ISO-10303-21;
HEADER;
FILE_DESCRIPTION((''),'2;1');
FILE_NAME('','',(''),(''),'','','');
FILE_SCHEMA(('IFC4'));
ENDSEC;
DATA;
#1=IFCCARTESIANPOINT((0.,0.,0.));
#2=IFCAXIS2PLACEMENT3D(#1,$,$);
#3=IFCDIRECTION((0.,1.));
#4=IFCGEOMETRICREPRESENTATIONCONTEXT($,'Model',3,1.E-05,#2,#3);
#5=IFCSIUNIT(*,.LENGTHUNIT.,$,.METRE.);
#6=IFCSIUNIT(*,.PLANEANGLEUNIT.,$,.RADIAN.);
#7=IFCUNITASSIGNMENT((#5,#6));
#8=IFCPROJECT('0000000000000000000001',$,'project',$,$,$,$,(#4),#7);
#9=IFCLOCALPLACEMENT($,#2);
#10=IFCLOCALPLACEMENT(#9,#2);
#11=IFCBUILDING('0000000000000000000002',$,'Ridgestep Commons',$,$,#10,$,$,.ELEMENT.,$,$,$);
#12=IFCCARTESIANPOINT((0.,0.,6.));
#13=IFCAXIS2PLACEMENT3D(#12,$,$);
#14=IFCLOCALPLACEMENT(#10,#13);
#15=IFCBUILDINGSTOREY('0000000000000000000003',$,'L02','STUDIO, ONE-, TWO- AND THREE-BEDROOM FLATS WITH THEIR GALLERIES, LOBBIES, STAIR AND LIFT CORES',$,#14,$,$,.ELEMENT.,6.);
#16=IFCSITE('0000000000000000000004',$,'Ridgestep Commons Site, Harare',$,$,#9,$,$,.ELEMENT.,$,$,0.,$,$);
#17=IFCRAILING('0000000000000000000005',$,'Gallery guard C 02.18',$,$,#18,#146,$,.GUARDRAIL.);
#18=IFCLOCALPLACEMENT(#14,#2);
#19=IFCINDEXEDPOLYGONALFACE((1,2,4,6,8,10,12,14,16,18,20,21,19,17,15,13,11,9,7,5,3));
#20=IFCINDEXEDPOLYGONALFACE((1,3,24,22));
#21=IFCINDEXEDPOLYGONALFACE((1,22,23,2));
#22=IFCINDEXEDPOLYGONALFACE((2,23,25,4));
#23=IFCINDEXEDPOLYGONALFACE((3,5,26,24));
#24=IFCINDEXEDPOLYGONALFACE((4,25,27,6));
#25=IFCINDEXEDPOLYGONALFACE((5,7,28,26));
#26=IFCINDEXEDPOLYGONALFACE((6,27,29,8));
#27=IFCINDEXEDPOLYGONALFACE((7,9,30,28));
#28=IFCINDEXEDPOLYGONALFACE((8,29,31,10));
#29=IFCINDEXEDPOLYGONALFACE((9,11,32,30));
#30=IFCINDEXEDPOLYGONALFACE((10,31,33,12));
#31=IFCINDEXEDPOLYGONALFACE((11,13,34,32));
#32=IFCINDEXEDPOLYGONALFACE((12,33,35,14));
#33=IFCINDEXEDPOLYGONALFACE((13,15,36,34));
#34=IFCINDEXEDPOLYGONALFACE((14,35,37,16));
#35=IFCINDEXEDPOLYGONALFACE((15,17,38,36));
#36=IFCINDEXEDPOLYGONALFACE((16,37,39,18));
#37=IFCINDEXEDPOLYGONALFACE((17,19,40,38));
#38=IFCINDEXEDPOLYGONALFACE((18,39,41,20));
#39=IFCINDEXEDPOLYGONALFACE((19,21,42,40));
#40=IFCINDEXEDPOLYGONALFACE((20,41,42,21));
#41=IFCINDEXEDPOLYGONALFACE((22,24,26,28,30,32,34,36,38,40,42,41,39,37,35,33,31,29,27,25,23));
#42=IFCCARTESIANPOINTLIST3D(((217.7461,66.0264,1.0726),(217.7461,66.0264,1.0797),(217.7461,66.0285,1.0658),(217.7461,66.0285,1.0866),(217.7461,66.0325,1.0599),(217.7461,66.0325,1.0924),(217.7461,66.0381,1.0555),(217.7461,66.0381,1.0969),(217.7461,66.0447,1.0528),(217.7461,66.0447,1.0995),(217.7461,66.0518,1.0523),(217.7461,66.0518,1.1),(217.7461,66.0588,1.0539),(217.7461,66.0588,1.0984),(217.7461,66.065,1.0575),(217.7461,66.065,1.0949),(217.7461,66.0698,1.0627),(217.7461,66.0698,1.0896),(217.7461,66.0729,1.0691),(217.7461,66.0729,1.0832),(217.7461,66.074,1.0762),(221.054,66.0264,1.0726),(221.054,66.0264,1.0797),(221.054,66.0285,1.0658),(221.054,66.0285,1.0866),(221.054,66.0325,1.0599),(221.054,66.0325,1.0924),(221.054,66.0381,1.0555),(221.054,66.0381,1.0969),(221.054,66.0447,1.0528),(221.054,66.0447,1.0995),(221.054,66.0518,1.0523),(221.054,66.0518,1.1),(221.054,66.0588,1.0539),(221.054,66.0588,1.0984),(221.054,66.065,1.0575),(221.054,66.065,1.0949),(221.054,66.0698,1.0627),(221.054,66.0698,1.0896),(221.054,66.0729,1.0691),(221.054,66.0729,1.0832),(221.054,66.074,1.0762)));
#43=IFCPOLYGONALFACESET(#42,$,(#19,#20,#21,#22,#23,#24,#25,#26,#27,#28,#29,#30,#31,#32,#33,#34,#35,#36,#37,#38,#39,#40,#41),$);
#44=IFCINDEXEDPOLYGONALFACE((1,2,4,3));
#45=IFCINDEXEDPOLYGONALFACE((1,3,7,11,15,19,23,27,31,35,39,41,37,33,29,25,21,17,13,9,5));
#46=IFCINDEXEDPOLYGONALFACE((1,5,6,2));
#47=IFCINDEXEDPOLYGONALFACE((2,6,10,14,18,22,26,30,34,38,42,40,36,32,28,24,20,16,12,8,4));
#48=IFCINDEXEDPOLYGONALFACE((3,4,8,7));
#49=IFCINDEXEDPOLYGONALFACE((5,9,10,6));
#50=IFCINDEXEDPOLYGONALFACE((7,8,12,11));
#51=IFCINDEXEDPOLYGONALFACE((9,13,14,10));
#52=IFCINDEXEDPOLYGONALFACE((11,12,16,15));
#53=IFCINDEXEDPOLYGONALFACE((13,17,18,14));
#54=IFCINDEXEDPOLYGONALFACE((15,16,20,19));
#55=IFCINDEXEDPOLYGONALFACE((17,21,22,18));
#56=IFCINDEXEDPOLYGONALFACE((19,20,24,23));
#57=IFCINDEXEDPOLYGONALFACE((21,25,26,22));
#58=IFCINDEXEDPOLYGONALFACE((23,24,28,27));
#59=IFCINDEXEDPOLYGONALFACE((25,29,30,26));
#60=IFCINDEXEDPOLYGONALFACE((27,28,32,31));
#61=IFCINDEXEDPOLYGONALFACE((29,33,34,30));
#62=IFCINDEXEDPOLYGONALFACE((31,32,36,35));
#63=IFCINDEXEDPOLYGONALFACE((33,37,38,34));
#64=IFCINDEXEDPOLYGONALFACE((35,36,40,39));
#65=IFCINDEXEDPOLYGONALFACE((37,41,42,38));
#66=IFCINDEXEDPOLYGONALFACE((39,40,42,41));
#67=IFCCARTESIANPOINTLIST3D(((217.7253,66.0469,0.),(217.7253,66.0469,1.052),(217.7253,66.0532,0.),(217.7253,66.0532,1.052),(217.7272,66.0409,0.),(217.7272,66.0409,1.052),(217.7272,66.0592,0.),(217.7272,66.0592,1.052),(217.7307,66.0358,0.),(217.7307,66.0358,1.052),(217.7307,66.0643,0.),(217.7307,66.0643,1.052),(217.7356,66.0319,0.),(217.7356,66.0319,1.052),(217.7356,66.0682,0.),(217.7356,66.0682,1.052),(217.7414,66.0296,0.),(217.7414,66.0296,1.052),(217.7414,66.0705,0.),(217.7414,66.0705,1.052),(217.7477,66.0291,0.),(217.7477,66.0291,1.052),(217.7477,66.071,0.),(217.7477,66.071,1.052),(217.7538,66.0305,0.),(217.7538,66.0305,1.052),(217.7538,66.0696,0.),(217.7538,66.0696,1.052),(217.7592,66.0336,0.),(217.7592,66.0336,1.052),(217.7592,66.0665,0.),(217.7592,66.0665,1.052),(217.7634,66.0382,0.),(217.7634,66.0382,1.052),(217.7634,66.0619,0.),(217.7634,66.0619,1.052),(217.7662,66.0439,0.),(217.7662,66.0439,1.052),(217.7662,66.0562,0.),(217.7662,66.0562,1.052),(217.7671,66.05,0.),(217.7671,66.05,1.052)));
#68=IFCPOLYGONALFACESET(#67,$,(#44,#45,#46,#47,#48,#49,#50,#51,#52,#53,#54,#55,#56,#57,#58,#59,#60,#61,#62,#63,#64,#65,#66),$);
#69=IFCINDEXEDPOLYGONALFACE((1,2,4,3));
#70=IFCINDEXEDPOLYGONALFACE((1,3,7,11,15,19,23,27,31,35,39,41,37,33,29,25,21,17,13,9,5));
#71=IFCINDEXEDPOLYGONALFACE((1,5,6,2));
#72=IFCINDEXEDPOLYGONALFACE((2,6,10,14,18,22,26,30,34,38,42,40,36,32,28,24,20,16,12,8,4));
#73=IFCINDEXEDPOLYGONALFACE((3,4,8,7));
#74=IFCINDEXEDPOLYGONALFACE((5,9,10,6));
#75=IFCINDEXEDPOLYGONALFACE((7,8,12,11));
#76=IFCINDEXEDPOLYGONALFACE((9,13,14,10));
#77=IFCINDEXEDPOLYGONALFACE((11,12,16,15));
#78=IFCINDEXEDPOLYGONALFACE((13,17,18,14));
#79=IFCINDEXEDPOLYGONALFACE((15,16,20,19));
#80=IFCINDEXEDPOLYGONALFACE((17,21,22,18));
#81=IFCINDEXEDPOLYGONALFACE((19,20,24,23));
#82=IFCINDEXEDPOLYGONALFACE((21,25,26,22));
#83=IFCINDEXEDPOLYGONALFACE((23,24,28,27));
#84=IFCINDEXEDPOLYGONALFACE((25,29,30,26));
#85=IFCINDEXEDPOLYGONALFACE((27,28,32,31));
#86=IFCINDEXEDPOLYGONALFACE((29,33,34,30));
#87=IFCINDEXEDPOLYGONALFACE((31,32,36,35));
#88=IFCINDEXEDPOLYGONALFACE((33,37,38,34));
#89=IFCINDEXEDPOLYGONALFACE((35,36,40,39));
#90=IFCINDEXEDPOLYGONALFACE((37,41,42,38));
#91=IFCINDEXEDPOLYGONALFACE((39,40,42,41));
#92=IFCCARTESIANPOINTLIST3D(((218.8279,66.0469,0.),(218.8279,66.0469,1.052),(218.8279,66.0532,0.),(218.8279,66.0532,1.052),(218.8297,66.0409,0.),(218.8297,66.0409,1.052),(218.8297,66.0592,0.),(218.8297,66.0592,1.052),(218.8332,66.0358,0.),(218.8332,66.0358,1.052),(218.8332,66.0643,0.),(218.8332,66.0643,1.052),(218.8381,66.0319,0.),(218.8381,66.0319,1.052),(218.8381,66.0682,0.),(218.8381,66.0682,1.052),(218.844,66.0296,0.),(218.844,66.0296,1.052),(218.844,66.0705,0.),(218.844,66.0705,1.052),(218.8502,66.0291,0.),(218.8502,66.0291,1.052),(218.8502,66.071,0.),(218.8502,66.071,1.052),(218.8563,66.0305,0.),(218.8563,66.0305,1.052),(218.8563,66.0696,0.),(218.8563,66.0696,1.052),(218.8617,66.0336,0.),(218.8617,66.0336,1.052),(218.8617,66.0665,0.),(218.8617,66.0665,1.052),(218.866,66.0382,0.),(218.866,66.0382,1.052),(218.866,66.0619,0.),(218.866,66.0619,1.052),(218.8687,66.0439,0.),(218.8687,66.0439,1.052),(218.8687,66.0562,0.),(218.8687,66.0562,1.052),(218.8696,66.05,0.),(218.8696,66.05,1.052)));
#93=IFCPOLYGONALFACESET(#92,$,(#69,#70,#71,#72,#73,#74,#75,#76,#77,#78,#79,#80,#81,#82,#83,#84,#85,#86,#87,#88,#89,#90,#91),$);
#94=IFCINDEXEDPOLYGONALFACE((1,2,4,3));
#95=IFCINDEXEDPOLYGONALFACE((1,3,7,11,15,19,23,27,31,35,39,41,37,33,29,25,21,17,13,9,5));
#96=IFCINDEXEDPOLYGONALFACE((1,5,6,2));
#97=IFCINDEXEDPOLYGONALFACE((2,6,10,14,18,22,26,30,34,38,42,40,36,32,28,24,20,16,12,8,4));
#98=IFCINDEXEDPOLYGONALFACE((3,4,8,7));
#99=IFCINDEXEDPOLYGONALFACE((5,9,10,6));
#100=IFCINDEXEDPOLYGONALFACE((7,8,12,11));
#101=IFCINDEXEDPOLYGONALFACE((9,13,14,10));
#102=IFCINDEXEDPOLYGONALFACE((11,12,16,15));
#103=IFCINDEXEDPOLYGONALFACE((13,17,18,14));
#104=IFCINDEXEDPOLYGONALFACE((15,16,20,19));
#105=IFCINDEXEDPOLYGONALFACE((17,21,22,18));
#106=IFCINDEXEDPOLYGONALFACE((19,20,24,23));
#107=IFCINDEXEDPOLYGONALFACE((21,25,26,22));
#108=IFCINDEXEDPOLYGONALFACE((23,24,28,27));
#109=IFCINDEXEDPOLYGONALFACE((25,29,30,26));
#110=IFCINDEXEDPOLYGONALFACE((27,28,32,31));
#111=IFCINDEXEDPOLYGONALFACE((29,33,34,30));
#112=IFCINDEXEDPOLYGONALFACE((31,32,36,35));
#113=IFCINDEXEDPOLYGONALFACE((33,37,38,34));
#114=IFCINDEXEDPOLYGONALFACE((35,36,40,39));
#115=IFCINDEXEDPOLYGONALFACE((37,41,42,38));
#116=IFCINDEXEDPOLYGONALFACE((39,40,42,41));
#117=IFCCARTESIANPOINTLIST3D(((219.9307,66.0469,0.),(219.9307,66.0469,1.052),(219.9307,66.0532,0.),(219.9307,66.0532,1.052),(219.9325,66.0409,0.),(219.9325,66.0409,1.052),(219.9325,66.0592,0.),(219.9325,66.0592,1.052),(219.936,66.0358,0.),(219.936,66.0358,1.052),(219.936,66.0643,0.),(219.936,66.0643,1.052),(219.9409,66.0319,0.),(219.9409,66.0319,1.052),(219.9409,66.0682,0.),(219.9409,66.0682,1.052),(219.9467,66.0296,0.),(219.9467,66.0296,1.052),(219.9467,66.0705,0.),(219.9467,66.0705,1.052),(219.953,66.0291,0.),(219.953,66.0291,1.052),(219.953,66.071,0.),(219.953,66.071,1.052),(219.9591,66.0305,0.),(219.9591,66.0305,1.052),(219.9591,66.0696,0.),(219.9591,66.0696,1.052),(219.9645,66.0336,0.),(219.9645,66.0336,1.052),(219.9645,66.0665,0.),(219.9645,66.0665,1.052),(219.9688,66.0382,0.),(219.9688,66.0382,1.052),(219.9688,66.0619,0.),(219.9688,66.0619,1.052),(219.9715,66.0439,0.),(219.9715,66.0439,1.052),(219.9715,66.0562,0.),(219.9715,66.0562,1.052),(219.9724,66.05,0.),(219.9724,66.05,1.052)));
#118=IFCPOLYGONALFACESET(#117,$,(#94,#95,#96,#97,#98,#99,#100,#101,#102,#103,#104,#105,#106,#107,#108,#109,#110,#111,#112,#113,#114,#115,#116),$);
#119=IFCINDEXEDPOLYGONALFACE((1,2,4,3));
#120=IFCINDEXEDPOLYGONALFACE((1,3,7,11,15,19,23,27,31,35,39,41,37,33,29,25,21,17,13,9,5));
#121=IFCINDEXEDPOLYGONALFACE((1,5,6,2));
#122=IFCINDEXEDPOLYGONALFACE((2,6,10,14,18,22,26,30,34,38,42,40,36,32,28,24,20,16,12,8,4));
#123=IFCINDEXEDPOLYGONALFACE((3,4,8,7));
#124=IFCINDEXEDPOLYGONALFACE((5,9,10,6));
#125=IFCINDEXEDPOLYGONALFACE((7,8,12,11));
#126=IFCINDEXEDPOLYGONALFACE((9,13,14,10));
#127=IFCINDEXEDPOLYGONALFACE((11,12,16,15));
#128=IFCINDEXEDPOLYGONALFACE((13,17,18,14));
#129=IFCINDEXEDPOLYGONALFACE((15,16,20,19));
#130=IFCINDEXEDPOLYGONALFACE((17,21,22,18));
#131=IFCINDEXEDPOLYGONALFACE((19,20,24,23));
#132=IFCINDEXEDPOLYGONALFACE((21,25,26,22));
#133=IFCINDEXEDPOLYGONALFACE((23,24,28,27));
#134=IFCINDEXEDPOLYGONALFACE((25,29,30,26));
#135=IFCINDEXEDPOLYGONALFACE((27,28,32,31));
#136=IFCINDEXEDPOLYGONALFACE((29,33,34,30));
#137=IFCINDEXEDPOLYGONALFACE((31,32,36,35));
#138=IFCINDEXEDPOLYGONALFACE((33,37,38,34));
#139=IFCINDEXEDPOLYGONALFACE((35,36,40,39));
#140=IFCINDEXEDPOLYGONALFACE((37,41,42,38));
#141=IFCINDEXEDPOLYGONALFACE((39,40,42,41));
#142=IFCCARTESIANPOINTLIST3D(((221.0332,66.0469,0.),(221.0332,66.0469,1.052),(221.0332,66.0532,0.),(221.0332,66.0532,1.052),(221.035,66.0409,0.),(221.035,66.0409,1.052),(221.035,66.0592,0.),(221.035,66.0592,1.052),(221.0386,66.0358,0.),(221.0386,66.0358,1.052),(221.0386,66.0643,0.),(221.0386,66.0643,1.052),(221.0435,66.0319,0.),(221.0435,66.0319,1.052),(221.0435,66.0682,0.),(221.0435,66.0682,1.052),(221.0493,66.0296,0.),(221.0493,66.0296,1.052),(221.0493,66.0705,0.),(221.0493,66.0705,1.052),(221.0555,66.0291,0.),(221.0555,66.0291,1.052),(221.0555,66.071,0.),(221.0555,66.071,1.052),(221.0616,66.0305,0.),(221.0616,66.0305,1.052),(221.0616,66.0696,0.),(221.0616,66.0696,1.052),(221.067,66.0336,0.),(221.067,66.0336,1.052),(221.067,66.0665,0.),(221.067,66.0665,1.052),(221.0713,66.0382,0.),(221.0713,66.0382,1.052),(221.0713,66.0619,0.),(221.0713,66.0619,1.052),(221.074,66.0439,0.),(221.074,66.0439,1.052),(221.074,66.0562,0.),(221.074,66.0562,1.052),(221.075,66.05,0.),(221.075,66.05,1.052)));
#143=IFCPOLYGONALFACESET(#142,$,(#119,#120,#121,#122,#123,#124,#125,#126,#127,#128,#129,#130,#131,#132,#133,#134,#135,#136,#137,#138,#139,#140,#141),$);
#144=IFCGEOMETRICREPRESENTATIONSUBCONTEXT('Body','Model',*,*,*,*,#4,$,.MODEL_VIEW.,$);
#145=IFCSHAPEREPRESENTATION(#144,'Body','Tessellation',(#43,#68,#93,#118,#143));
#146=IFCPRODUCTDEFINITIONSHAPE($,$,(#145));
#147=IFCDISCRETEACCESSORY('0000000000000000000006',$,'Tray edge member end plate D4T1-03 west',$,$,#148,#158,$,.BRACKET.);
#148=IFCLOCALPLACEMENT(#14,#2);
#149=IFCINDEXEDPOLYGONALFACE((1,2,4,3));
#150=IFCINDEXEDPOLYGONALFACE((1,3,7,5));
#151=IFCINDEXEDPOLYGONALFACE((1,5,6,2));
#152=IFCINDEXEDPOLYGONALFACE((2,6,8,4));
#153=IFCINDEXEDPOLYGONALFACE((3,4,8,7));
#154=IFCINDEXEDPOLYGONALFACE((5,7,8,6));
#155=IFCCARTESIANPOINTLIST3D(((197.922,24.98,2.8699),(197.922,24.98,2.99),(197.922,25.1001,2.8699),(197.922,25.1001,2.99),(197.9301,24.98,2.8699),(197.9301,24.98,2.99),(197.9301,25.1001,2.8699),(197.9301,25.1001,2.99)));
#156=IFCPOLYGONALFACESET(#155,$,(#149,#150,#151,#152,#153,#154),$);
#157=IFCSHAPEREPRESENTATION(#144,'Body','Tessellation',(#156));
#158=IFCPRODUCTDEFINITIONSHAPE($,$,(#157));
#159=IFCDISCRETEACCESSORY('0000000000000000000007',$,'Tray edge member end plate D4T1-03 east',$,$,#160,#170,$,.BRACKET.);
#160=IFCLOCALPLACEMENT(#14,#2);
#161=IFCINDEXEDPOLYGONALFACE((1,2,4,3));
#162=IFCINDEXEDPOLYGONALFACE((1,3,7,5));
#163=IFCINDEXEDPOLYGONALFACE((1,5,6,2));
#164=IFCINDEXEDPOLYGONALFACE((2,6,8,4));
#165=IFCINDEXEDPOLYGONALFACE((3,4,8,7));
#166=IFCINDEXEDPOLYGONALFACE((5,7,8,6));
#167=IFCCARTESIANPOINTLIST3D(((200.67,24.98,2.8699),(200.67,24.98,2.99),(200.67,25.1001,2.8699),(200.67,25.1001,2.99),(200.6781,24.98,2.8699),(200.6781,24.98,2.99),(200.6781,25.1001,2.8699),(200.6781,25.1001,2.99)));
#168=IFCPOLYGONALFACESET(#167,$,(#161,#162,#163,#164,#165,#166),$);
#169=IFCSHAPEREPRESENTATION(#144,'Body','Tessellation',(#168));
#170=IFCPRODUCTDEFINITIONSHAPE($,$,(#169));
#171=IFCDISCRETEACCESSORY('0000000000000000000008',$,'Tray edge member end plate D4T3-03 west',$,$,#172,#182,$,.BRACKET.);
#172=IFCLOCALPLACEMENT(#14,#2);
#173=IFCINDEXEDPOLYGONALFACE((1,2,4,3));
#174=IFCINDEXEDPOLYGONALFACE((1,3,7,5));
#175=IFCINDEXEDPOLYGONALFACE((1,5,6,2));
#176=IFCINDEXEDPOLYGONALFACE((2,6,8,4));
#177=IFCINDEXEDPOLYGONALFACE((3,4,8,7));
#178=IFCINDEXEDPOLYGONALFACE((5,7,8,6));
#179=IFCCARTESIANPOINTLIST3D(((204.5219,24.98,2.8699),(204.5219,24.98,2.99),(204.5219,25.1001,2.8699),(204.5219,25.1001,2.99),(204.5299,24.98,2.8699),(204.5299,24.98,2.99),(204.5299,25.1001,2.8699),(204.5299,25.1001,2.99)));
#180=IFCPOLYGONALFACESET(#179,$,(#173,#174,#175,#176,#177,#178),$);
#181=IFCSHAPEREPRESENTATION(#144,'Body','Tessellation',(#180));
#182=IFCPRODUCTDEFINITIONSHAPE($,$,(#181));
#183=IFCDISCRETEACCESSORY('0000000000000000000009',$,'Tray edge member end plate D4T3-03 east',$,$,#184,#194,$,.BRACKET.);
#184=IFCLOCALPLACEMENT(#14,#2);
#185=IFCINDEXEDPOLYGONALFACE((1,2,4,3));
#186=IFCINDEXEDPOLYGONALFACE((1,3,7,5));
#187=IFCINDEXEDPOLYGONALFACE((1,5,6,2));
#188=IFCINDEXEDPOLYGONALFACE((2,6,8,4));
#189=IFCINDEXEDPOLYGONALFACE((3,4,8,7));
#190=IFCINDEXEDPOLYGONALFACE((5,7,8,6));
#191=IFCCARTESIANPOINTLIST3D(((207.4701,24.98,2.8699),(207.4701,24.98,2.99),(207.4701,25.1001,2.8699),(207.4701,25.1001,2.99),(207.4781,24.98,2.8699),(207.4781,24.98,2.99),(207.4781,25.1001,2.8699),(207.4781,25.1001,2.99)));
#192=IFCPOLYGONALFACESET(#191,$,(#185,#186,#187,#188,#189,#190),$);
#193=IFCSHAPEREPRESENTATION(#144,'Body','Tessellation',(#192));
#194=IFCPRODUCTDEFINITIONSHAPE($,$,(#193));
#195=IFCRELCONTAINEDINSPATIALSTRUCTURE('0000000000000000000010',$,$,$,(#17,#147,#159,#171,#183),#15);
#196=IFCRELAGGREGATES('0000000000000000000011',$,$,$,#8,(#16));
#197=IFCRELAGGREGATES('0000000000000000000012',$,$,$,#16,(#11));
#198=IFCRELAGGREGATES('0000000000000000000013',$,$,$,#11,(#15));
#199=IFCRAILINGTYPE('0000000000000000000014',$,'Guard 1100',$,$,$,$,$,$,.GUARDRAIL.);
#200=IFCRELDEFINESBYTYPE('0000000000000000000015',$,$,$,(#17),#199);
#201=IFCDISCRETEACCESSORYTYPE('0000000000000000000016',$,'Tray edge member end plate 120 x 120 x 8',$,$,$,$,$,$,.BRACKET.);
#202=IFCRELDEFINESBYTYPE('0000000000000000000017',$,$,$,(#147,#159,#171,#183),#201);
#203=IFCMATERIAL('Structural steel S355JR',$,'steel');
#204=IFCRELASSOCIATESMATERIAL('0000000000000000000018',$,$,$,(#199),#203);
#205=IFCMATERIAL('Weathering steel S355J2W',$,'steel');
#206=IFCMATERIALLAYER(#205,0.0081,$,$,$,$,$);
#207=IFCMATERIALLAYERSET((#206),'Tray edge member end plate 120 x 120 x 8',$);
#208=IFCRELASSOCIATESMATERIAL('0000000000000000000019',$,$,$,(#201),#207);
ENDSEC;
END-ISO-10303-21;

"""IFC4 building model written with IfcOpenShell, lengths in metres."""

from ifc_helpers import new_model, si_unit, direction, frame, origin, origin_2d, place, context, subcontext, project, spatial, rectangle, circle, extrude, material, layer, layer_set, type_object, element, save


model = new_model("IFC4")

# Units and contexts
model_context = context("Model", 3, precision=1e-05, world=origin(), true_north=direction((0.0, 1.0)))
body_context = subcontext(model_context, "Body", "Model", "MODEL_VIEW")
ifc_project = project(units=[si_unit("LENGTHUNIT", "METRE"), si_unit("PLANEANGLEUNIT", "RADIAN")], contexts=[model_context])

# Site, building, storey
site_placement = place(None, origin())
site = spatial("IfcSite", under=ifc_project, at=site_placement, Name="Ridgestep Commons Site, Harare", CompositionType="ELEMENT", RefElevation=0.0)
building_placement = place(site_placement, origin())
building = spatial("IfcBuilding", under=site, at=building_placement, Name="Ridgestep Commons", CompositionType="ELEMENT")
storey_placement = place(building_placement, frame((0.0, 0.0, 6.0)))
storey = spatial("IfcBuildingStorey", under=building, at=storey_placement, Name="L02", Description="STUDIO, ONE-, TWO- AND THREE-BEDROOM FLATS WITH THEIR GALLERIES, LOBBIES, STAIR AND LIFT CORES", CompositionType="ELEMENT", Elevation=6.0)

# Railing
ifc_material_1 = material(Name="Structural steel S355JR", Category="steel")
railing_type = type_object("IfcRailingType", Name="Guard 1100", PredefinedType="GUARDRAIL", material=ifc_material_1)
railing_1_placement = place(storey_placement, frame((217.7461, 66.05, 0.0)))
element("IfcRailing", 1, at=railing_1_placement, inside=storey, type_object=railing_type, Name="Gallery guard C 02.18", PredefinedType="GUARDRAIL", context=body_context, shape_type="SweptSolid", body=[
    extrude(circle(Radius=0.0239, at=origin_2d()), frame((0.0, 0.0, 1.0762), z_axis=(1.0, 0.0, 0.0), x_axis=(0.0, 1.0, 0.0)), (0.0, 0.0, 1.0), 3.3079),
    extrude(circle(Radius=0.021, at=origin_2d()), origin(), (0.0, 0.0, 1.0), 1.052),
    extrude(circle(Radius=0.021, at=origin_2d()), frame((1.1025, 0.0, 0.0)), (0.0, 0.0, 1.0), 1.052),
    extrude(circle(Radius=0.021, at=origin_2d()), frame((2.2053, 0.0, 0.0)), (0.0, 0.0, 1.0), 1.052),
    extrude(circle(Radius=0.021, at=origin_2d()), frame((3.3079, 0.0, 0.0)), (0.0, 0.0, 1.0), 1.052),
])

# Discrete accessories
ifc_material_2 = material(Name="Weathering steel S355J2W", Category="steel")
ifc_layer_1 = layer(ifc_material_2, 0.0081)
ifc_layer_set_1 = layer_set([ifc_layer_1], Name="Tray edge member end plate 120 x 120 x 8")
discrete_accessory_type = type_object("IfcDiscreteAccessoryType", Name="Tray edge member end plate 120 x 120 x 8", PredefinedType="BRACKET", material=ifc_layer_set_1)
for number, where, z_axis, x_axis, name in (
    (2, (197.926, 25.04, 2.8699), (0.0, 0.0, 1.0), (1.0, 0.0, 0.0), "Tray edge member end plate D4T1-03 west"),
    (3, (200.6741, 25.04, 2.8699), (0.0, 0.0, 1.0), (1.0, 0.0, 0.0), "Tray edge member end plate D4T1-03 east"),
    (4, (204.5259, 25.04, 2.8699), (0.0, 0.0, 1.0), (1.0, 0.0, 0.0), "Tray edge member end plate D4T3-03 west"),
    (5, (207.4741, 25.04, 2.8699), (0.0, 0.0, 1.0), (1.0, 0.0, 0.0), "Tray edge member end plate D4T3-03 east"),
):
    element("IfcDiscreteAccessory", number, at=place(storey_placement, frame(where, z_axis=z_axis, x_axis=x_axis)), inside=storey, type_object=discrete_accessory_type, Name=name, PredefinedType="BRACKET", context=body_context, shape_type="SweptSolid", body=[
        extrude(rectangle(XDim=0.0081, YDim=0.1201, at=origin_2d()), origin(), (0.0, 0.0, 1.0), 0.1201),
    ])

save(model, "model.ifc")
